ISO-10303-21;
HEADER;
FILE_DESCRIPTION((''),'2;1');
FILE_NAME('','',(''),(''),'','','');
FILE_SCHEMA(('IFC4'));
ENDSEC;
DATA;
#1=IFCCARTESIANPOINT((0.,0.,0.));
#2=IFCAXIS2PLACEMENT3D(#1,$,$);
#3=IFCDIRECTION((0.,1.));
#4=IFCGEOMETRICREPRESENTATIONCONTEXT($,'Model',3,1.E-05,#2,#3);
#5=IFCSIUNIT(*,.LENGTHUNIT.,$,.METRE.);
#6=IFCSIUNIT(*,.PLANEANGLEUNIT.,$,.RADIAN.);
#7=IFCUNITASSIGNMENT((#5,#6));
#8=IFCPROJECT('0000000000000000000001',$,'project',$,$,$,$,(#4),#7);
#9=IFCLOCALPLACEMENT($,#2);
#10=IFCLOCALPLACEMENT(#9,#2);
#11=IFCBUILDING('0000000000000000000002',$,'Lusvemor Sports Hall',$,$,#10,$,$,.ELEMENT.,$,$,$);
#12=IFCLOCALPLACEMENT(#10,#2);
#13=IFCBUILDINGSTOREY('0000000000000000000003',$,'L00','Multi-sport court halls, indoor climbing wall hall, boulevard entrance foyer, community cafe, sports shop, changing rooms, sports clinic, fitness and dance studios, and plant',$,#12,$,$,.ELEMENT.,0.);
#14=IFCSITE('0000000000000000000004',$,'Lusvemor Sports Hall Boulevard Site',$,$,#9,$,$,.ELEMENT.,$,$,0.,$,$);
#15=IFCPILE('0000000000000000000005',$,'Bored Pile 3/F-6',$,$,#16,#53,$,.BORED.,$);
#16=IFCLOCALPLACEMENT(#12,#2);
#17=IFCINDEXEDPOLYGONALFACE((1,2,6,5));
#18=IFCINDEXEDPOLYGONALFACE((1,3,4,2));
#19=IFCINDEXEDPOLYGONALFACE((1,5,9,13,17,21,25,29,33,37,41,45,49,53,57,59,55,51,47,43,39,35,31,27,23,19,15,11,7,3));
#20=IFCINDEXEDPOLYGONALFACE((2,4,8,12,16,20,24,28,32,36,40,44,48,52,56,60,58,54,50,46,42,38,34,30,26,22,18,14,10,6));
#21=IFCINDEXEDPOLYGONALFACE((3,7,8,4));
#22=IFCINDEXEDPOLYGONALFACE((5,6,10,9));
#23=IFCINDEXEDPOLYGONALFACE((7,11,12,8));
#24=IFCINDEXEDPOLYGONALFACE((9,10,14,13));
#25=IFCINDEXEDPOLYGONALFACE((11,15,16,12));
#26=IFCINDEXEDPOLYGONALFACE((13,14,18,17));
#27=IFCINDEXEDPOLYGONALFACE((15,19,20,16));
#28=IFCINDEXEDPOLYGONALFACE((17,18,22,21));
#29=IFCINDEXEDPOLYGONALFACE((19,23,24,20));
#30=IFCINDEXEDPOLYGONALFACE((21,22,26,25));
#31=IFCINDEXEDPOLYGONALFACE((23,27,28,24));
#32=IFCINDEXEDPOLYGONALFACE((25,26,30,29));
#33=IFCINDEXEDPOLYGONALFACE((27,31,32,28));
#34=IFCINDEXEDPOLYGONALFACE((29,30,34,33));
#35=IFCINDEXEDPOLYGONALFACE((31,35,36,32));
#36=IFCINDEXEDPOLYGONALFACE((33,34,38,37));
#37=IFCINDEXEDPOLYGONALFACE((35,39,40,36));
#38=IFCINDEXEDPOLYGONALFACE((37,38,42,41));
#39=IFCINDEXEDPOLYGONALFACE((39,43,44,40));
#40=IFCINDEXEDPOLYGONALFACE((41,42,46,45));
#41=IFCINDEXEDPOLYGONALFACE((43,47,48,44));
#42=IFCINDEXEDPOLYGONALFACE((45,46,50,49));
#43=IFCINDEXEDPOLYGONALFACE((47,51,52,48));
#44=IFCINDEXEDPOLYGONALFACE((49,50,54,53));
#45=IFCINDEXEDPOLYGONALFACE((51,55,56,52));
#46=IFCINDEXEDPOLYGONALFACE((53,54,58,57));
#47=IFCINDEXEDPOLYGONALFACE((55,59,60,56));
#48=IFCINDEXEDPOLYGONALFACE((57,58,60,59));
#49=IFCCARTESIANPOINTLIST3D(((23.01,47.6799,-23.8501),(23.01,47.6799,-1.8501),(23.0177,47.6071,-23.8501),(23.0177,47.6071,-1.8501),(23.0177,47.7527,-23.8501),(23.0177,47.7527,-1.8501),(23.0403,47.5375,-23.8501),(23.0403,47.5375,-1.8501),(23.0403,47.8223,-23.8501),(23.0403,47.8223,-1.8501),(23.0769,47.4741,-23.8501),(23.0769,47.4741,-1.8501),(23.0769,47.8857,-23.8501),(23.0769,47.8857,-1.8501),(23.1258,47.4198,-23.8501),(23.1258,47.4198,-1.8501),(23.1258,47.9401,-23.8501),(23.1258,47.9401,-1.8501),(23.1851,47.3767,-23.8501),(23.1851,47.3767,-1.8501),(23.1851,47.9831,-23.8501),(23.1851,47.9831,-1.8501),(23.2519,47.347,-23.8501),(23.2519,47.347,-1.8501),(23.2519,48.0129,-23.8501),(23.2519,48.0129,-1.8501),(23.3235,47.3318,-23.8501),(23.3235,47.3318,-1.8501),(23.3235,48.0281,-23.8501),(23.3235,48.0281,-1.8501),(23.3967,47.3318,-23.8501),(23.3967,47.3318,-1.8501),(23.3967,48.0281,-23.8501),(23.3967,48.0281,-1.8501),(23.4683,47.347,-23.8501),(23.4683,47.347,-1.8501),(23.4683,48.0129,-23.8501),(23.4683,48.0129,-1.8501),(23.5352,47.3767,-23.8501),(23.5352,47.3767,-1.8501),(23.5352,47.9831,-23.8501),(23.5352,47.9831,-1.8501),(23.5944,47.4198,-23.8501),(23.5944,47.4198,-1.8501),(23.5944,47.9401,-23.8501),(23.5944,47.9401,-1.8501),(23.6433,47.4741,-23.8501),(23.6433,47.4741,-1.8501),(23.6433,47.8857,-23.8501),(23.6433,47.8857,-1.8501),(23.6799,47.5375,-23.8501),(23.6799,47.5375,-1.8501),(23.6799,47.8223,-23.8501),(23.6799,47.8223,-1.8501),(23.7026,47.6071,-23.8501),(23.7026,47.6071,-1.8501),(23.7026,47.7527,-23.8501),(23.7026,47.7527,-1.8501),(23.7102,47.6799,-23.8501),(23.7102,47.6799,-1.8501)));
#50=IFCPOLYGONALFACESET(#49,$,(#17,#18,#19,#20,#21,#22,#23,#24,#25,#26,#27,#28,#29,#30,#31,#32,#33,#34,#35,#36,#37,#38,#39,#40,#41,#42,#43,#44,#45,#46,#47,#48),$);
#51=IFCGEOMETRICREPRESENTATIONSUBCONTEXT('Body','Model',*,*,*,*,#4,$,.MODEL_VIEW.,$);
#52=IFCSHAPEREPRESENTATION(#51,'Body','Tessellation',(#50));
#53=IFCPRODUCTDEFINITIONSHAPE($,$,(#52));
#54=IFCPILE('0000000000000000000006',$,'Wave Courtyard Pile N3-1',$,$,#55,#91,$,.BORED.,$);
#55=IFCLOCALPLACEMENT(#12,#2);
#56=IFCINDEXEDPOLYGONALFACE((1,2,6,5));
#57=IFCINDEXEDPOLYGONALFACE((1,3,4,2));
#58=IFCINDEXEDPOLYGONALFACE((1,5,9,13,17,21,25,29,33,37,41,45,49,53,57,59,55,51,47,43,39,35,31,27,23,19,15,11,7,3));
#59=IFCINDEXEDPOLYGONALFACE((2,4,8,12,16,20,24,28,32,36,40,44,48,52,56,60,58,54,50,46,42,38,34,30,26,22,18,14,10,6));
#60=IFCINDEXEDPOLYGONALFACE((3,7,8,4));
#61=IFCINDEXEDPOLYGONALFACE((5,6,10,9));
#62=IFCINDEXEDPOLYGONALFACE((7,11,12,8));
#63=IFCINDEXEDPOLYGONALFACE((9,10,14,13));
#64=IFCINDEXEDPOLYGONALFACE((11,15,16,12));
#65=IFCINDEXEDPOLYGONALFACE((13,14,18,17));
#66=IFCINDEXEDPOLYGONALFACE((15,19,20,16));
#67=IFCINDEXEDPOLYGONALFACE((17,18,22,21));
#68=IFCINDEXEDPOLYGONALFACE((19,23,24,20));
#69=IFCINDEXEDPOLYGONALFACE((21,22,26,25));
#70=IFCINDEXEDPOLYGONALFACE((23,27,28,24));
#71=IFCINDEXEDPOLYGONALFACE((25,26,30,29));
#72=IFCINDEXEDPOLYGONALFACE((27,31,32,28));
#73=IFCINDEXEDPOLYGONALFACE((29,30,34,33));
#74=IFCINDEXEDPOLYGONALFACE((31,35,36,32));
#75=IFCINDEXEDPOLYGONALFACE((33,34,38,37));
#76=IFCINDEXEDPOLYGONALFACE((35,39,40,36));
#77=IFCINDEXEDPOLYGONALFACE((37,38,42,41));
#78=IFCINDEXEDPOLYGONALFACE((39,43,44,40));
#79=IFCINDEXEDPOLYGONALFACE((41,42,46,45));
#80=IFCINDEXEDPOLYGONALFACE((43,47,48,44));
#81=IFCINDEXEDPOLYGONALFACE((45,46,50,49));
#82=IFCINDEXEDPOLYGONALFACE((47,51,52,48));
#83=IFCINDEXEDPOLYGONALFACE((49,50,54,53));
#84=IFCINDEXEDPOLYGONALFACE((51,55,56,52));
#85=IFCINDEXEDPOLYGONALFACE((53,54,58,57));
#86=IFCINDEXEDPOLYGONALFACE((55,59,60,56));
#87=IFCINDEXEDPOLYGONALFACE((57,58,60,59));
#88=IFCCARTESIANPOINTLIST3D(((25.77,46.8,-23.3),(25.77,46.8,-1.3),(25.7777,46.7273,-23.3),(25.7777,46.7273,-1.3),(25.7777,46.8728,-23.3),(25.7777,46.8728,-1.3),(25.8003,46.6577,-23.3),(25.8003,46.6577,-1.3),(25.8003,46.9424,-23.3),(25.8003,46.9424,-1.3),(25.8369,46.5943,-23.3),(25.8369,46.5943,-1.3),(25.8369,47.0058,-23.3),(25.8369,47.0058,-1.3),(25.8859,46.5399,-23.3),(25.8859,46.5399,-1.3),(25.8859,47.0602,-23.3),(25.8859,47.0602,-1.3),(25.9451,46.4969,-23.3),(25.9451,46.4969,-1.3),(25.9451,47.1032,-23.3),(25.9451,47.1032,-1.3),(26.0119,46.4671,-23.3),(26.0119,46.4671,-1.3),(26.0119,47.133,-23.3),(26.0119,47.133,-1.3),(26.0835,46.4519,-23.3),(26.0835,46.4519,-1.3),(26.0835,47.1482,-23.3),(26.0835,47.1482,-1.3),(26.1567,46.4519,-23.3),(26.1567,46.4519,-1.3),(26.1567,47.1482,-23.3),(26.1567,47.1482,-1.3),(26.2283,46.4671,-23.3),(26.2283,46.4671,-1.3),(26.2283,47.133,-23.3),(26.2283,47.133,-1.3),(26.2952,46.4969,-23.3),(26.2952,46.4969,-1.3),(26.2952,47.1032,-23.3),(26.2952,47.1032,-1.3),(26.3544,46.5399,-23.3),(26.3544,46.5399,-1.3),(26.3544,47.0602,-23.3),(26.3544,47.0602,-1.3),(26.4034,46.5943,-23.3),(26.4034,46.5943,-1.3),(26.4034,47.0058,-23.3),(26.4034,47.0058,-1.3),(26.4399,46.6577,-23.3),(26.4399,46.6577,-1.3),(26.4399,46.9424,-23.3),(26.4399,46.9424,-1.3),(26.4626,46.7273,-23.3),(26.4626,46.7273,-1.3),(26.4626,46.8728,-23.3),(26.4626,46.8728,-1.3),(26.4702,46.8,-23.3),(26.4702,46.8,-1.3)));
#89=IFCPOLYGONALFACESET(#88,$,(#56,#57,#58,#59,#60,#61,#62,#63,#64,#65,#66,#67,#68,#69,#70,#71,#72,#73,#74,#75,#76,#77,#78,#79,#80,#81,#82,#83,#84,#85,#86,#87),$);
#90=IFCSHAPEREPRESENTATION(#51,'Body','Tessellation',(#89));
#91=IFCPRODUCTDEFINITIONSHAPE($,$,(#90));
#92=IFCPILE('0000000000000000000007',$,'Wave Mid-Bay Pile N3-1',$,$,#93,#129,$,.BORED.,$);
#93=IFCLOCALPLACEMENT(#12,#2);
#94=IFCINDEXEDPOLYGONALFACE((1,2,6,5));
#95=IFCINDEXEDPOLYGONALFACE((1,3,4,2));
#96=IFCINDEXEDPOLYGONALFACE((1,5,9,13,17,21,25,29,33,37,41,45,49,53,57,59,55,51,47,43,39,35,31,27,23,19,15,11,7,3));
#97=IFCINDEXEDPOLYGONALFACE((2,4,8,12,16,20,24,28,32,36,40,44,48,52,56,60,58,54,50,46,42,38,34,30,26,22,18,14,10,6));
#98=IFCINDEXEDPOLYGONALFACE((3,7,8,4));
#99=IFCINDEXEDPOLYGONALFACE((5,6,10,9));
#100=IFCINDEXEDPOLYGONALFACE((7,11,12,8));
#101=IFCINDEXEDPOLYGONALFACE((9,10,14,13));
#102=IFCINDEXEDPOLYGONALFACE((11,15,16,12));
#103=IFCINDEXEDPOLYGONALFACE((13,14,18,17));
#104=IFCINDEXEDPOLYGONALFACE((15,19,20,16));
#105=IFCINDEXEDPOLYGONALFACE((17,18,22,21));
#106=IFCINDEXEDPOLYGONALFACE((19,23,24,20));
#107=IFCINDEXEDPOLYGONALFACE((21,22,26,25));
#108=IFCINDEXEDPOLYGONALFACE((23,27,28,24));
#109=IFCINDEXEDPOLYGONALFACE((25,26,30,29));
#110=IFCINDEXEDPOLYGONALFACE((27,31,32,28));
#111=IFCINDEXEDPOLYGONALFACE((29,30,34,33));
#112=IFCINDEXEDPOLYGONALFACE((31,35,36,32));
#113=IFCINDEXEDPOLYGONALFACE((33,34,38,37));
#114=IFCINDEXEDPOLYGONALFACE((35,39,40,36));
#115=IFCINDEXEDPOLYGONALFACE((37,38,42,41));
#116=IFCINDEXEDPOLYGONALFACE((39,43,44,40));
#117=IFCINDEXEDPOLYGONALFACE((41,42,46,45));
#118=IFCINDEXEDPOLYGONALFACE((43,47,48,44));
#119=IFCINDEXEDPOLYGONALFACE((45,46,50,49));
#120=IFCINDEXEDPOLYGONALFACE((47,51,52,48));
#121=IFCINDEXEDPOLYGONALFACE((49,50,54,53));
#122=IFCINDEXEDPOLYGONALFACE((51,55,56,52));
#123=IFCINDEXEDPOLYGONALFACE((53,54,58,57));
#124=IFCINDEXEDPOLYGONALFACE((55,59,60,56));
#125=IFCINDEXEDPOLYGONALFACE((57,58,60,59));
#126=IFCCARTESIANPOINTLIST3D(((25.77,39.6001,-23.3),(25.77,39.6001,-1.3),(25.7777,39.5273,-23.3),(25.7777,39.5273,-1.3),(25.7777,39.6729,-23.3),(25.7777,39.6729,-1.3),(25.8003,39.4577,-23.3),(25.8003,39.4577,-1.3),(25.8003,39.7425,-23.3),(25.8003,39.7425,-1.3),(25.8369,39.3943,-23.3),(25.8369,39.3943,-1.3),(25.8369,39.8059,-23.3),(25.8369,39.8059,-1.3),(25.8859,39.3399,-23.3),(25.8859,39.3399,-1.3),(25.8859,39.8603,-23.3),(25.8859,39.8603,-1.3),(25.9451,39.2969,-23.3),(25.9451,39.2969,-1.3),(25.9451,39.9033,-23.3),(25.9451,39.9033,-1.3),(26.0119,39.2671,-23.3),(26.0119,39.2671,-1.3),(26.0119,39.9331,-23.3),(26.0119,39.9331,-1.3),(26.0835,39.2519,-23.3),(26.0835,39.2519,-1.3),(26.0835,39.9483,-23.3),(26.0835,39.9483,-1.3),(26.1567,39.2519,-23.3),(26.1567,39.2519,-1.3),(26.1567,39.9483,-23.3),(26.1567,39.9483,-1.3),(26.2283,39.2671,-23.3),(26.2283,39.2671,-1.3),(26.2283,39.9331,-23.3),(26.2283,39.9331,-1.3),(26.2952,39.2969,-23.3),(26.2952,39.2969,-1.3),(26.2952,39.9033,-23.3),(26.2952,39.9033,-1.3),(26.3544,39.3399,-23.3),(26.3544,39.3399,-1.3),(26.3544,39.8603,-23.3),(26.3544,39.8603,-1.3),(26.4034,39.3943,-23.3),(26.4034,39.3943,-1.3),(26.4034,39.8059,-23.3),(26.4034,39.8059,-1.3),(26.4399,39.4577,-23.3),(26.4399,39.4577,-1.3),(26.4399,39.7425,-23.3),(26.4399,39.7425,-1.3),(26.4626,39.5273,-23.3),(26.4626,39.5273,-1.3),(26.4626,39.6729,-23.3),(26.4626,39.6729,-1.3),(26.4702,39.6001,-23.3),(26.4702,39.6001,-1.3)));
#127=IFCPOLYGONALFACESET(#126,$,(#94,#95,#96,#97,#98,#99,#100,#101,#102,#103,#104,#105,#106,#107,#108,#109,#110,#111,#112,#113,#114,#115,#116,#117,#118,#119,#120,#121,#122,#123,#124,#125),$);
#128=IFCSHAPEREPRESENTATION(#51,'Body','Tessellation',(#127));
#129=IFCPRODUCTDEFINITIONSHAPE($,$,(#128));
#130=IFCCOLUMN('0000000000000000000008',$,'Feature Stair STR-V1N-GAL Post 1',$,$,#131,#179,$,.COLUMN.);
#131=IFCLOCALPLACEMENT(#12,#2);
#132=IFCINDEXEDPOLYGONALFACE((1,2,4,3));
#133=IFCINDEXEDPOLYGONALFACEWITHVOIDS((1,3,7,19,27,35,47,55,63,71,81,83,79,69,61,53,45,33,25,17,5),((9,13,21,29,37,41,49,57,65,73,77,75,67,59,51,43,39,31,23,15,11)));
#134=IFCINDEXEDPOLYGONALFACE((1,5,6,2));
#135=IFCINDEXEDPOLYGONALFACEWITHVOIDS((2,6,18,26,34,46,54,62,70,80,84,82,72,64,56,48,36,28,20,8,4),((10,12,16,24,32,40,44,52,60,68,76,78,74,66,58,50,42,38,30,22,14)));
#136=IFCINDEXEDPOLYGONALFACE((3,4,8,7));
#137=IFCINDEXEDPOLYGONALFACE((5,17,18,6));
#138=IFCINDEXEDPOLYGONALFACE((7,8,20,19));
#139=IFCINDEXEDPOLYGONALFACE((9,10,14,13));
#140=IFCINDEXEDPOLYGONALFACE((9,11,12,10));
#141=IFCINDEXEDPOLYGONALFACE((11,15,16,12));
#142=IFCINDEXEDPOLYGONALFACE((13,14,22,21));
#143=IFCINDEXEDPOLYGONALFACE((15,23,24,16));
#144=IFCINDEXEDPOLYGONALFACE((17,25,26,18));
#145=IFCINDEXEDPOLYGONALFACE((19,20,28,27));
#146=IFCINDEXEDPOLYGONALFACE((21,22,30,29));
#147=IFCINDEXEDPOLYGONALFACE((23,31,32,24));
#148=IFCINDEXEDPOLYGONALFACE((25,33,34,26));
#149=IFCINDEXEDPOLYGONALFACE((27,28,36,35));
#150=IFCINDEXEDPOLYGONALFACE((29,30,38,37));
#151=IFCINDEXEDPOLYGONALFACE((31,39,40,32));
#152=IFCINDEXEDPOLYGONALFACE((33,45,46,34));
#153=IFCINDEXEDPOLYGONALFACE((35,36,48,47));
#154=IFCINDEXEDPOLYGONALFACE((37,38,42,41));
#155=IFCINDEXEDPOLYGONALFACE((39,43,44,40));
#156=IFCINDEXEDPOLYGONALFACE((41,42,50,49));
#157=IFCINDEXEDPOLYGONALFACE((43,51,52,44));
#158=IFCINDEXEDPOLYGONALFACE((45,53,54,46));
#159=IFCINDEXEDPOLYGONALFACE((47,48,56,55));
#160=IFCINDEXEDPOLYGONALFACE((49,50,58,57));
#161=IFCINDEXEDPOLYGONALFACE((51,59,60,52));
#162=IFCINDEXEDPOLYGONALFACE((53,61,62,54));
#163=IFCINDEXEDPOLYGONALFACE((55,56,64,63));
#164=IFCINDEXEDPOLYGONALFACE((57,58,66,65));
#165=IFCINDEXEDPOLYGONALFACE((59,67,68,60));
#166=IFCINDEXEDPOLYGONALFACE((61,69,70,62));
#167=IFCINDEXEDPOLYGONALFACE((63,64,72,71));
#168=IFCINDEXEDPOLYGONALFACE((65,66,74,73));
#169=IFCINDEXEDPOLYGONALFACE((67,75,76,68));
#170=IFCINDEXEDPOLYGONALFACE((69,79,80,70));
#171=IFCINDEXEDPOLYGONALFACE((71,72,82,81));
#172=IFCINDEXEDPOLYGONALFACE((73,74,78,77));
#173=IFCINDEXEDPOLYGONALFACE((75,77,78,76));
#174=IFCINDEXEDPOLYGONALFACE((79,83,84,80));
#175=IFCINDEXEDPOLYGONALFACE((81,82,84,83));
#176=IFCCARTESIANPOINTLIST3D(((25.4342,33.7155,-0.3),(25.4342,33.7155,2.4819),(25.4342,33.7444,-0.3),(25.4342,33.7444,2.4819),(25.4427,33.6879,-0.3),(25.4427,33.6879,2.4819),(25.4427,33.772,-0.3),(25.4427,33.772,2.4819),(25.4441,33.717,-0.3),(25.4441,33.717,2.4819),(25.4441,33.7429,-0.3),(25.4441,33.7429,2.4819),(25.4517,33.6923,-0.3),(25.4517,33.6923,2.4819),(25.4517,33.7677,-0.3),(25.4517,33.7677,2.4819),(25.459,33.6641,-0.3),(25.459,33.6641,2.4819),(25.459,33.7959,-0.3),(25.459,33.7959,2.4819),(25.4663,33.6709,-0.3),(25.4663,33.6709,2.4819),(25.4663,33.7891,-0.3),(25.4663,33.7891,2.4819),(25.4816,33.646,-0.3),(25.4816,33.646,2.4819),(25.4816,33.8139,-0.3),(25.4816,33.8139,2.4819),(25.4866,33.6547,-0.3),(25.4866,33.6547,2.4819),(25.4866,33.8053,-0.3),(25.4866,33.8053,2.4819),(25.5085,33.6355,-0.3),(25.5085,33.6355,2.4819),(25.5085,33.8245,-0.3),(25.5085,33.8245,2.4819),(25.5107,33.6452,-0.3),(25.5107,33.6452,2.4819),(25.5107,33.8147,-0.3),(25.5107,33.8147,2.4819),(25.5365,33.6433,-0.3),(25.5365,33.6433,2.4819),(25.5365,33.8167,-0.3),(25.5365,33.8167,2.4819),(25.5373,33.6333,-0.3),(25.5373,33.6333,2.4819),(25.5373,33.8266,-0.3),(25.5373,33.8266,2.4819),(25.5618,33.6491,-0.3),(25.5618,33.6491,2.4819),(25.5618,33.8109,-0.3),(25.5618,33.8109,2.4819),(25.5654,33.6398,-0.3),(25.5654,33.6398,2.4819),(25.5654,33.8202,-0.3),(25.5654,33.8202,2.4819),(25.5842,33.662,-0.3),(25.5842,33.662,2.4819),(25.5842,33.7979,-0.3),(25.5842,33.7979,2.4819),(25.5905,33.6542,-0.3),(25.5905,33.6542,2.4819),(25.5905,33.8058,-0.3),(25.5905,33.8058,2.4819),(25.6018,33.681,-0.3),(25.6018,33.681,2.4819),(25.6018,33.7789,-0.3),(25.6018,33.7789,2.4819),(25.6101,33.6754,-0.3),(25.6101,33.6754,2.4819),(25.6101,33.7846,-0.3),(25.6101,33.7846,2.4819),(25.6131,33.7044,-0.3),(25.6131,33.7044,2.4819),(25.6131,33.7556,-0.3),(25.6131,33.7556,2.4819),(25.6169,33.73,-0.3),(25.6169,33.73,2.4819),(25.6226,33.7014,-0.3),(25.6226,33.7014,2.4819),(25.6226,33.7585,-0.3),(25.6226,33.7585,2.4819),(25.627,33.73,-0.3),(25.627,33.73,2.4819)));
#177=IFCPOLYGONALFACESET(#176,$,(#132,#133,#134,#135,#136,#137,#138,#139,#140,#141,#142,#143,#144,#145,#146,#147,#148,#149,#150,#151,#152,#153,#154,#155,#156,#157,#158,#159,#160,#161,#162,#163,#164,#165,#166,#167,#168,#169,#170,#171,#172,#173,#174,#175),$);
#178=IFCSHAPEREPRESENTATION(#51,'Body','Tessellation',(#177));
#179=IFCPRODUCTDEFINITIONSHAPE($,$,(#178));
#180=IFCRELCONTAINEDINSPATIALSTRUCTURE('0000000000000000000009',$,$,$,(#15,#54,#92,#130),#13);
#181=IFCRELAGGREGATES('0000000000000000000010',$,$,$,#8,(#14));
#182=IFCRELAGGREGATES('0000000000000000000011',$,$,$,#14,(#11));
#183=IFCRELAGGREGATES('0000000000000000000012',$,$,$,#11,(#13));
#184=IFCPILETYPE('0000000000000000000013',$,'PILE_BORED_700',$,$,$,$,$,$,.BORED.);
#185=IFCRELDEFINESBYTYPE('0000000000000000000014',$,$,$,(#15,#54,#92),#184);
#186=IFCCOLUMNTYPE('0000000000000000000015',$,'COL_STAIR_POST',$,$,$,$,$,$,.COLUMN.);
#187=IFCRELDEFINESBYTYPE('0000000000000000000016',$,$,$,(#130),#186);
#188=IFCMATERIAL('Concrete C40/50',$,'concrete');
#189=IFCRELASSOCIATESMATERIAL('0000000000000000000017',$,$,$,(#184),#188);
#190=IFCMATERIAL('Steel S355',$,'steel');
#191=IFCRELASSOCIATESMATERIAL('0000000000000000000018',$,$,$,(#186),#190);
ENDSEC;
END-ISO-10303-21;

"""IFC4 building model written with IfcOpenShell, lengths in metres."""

from ifc_helpers import new_model, si_unit, direction, frame, origin, origin_2d, place, context, subcontext, project, spatial, circle, hollow_circle, extrude, material, material_profile, profile_set, type_object, element, save


model = new_model("IFC4")

# Units and contexts
model_context = context("Model", 3, precision=1e-05, world=origin(), true_north=direction((0.0, 1.0)))
body_context = subcontext(model_context, "Body", "Model", "MODEL_VIEW")
ifc_project = project(units=[si_unit("LENGTHUNIT", "METRE"), si_unit("PLANEANGLEUNIT", "RADIAN")], contexts=[model_context])

# Site, building, storey
site_placement = place(None, origin())
site = spatial("IfcSite", under=ifc_project, at=site_placement, Name="Lusvemor Sports Hall Boulevard Site", CompositionType="ELEMENT", RefElevation=0.0)
building_placement = place(site_placement, origin())
building = spatial("IfcBuilding", under=site, at=building_placement, Name="Lusvemor Sports Hall", CompositionType="ELEMENT")
storey_placement = place(building_placement, origin())
storey = spatial("IfcBuildingStorey", under=building, at=storey_placement, Name="L00", Description="Multi-sport court halls, indoor climbing wall hall, boulevard entrance foyer, community cafe, sports shop, changing rooms, sports clinic, fitness and dance studios, and plant", CompositionType="ELEMENT", Elevation=0.0)

# Piles
ifc_material_1 = material(Name="Concrete C40/50", Category="concrete")
ifc_material_profile_1 = material_profile(ifc_material_1, circle(Radius=0.3501, at=origin_2d()), Name="PILE700")
ifc_profile_set_1 = profile_set([ifc_material_profile_1], Name="Concrete C40/50")
pile_type = type_object("IfcPileType", Name="PILE_BORED_700", PredefinedType="BORED", material=ifc_profile_set_1)
for number, where, z_axis, x_axis, name in (
    (1, (23.3601, 47.6799, -1.8501), (0.0, 0.0, -1.0), (1.0, 0.0, 0.0), "Bored Pile 3/F-6"),
    (2, (26.1201, 46.8, -1.3), (0.0, 0.0, -1.0), (1.0, 0.0, 0.0), "Wave Courtyard Pile N3-1"),
    (3, (26.1201, 39.6001, -1.3), (0.0, 0.0, -1.0), (1.0, 0.0, 0.0), "Wave Mid-Bay Pile N3-1"),
):
    element("IfcPile", number, at=place(storey_placement, frame(where, z_axis=z_axis, x_axis=x_axis)), inside=storey, type_object=pile_type, Name=name, PredefinedType="BORED", context=body_context, shape_type="SweptSolid", body=[
        extrude(circle(Radius=0.3501, at=origin_2d()), origin(), (0.0, 0.0, 1.0), 22.0),
    ])

# Column
ifc_material_2 = material(Name="Steel S355", Category="steel")
ifc_material_profile_2 = material_profile(ifc_material_2, hollow_circle(Radius=0.0969, WallThickness=0.01, at=origin_2d()), Name="CHS193.7x10.0")
ifc_profile_set_2 = profile_set([ifc_material_profile_2], Name="Steel S355")
column_type = type_object("IfcColumnType", Name="COL_STAIR_POST", PredefinedType="COLUMN", material=ifc_profile_set_2)
for number, where, z_axis, x_axis, name in (
    (4, (25.53, 33.73, -0.3), (0.0, 0.0, 1.0), (1.0, 0.0, 0.0), "Feature Stair STR-V1N-GAL Post 1"),
):
    element("IfcColumn", number, at=place(storey_placement, frame(where, z_axis=z_axis, x_axis=x_axis)), inside=storey, type_object=column_type, Name=name, PredefinedType="COLUMN", context=body_context, shape_type="SweptSolid", body=[
        extrude(hollow_circle(Radius=0.0969, WallThickness=0.01, at=origin_2d()), origin(), (0.0, 0.0, 1.0), 2.782),
    ])

save(model, "model.ifc")
